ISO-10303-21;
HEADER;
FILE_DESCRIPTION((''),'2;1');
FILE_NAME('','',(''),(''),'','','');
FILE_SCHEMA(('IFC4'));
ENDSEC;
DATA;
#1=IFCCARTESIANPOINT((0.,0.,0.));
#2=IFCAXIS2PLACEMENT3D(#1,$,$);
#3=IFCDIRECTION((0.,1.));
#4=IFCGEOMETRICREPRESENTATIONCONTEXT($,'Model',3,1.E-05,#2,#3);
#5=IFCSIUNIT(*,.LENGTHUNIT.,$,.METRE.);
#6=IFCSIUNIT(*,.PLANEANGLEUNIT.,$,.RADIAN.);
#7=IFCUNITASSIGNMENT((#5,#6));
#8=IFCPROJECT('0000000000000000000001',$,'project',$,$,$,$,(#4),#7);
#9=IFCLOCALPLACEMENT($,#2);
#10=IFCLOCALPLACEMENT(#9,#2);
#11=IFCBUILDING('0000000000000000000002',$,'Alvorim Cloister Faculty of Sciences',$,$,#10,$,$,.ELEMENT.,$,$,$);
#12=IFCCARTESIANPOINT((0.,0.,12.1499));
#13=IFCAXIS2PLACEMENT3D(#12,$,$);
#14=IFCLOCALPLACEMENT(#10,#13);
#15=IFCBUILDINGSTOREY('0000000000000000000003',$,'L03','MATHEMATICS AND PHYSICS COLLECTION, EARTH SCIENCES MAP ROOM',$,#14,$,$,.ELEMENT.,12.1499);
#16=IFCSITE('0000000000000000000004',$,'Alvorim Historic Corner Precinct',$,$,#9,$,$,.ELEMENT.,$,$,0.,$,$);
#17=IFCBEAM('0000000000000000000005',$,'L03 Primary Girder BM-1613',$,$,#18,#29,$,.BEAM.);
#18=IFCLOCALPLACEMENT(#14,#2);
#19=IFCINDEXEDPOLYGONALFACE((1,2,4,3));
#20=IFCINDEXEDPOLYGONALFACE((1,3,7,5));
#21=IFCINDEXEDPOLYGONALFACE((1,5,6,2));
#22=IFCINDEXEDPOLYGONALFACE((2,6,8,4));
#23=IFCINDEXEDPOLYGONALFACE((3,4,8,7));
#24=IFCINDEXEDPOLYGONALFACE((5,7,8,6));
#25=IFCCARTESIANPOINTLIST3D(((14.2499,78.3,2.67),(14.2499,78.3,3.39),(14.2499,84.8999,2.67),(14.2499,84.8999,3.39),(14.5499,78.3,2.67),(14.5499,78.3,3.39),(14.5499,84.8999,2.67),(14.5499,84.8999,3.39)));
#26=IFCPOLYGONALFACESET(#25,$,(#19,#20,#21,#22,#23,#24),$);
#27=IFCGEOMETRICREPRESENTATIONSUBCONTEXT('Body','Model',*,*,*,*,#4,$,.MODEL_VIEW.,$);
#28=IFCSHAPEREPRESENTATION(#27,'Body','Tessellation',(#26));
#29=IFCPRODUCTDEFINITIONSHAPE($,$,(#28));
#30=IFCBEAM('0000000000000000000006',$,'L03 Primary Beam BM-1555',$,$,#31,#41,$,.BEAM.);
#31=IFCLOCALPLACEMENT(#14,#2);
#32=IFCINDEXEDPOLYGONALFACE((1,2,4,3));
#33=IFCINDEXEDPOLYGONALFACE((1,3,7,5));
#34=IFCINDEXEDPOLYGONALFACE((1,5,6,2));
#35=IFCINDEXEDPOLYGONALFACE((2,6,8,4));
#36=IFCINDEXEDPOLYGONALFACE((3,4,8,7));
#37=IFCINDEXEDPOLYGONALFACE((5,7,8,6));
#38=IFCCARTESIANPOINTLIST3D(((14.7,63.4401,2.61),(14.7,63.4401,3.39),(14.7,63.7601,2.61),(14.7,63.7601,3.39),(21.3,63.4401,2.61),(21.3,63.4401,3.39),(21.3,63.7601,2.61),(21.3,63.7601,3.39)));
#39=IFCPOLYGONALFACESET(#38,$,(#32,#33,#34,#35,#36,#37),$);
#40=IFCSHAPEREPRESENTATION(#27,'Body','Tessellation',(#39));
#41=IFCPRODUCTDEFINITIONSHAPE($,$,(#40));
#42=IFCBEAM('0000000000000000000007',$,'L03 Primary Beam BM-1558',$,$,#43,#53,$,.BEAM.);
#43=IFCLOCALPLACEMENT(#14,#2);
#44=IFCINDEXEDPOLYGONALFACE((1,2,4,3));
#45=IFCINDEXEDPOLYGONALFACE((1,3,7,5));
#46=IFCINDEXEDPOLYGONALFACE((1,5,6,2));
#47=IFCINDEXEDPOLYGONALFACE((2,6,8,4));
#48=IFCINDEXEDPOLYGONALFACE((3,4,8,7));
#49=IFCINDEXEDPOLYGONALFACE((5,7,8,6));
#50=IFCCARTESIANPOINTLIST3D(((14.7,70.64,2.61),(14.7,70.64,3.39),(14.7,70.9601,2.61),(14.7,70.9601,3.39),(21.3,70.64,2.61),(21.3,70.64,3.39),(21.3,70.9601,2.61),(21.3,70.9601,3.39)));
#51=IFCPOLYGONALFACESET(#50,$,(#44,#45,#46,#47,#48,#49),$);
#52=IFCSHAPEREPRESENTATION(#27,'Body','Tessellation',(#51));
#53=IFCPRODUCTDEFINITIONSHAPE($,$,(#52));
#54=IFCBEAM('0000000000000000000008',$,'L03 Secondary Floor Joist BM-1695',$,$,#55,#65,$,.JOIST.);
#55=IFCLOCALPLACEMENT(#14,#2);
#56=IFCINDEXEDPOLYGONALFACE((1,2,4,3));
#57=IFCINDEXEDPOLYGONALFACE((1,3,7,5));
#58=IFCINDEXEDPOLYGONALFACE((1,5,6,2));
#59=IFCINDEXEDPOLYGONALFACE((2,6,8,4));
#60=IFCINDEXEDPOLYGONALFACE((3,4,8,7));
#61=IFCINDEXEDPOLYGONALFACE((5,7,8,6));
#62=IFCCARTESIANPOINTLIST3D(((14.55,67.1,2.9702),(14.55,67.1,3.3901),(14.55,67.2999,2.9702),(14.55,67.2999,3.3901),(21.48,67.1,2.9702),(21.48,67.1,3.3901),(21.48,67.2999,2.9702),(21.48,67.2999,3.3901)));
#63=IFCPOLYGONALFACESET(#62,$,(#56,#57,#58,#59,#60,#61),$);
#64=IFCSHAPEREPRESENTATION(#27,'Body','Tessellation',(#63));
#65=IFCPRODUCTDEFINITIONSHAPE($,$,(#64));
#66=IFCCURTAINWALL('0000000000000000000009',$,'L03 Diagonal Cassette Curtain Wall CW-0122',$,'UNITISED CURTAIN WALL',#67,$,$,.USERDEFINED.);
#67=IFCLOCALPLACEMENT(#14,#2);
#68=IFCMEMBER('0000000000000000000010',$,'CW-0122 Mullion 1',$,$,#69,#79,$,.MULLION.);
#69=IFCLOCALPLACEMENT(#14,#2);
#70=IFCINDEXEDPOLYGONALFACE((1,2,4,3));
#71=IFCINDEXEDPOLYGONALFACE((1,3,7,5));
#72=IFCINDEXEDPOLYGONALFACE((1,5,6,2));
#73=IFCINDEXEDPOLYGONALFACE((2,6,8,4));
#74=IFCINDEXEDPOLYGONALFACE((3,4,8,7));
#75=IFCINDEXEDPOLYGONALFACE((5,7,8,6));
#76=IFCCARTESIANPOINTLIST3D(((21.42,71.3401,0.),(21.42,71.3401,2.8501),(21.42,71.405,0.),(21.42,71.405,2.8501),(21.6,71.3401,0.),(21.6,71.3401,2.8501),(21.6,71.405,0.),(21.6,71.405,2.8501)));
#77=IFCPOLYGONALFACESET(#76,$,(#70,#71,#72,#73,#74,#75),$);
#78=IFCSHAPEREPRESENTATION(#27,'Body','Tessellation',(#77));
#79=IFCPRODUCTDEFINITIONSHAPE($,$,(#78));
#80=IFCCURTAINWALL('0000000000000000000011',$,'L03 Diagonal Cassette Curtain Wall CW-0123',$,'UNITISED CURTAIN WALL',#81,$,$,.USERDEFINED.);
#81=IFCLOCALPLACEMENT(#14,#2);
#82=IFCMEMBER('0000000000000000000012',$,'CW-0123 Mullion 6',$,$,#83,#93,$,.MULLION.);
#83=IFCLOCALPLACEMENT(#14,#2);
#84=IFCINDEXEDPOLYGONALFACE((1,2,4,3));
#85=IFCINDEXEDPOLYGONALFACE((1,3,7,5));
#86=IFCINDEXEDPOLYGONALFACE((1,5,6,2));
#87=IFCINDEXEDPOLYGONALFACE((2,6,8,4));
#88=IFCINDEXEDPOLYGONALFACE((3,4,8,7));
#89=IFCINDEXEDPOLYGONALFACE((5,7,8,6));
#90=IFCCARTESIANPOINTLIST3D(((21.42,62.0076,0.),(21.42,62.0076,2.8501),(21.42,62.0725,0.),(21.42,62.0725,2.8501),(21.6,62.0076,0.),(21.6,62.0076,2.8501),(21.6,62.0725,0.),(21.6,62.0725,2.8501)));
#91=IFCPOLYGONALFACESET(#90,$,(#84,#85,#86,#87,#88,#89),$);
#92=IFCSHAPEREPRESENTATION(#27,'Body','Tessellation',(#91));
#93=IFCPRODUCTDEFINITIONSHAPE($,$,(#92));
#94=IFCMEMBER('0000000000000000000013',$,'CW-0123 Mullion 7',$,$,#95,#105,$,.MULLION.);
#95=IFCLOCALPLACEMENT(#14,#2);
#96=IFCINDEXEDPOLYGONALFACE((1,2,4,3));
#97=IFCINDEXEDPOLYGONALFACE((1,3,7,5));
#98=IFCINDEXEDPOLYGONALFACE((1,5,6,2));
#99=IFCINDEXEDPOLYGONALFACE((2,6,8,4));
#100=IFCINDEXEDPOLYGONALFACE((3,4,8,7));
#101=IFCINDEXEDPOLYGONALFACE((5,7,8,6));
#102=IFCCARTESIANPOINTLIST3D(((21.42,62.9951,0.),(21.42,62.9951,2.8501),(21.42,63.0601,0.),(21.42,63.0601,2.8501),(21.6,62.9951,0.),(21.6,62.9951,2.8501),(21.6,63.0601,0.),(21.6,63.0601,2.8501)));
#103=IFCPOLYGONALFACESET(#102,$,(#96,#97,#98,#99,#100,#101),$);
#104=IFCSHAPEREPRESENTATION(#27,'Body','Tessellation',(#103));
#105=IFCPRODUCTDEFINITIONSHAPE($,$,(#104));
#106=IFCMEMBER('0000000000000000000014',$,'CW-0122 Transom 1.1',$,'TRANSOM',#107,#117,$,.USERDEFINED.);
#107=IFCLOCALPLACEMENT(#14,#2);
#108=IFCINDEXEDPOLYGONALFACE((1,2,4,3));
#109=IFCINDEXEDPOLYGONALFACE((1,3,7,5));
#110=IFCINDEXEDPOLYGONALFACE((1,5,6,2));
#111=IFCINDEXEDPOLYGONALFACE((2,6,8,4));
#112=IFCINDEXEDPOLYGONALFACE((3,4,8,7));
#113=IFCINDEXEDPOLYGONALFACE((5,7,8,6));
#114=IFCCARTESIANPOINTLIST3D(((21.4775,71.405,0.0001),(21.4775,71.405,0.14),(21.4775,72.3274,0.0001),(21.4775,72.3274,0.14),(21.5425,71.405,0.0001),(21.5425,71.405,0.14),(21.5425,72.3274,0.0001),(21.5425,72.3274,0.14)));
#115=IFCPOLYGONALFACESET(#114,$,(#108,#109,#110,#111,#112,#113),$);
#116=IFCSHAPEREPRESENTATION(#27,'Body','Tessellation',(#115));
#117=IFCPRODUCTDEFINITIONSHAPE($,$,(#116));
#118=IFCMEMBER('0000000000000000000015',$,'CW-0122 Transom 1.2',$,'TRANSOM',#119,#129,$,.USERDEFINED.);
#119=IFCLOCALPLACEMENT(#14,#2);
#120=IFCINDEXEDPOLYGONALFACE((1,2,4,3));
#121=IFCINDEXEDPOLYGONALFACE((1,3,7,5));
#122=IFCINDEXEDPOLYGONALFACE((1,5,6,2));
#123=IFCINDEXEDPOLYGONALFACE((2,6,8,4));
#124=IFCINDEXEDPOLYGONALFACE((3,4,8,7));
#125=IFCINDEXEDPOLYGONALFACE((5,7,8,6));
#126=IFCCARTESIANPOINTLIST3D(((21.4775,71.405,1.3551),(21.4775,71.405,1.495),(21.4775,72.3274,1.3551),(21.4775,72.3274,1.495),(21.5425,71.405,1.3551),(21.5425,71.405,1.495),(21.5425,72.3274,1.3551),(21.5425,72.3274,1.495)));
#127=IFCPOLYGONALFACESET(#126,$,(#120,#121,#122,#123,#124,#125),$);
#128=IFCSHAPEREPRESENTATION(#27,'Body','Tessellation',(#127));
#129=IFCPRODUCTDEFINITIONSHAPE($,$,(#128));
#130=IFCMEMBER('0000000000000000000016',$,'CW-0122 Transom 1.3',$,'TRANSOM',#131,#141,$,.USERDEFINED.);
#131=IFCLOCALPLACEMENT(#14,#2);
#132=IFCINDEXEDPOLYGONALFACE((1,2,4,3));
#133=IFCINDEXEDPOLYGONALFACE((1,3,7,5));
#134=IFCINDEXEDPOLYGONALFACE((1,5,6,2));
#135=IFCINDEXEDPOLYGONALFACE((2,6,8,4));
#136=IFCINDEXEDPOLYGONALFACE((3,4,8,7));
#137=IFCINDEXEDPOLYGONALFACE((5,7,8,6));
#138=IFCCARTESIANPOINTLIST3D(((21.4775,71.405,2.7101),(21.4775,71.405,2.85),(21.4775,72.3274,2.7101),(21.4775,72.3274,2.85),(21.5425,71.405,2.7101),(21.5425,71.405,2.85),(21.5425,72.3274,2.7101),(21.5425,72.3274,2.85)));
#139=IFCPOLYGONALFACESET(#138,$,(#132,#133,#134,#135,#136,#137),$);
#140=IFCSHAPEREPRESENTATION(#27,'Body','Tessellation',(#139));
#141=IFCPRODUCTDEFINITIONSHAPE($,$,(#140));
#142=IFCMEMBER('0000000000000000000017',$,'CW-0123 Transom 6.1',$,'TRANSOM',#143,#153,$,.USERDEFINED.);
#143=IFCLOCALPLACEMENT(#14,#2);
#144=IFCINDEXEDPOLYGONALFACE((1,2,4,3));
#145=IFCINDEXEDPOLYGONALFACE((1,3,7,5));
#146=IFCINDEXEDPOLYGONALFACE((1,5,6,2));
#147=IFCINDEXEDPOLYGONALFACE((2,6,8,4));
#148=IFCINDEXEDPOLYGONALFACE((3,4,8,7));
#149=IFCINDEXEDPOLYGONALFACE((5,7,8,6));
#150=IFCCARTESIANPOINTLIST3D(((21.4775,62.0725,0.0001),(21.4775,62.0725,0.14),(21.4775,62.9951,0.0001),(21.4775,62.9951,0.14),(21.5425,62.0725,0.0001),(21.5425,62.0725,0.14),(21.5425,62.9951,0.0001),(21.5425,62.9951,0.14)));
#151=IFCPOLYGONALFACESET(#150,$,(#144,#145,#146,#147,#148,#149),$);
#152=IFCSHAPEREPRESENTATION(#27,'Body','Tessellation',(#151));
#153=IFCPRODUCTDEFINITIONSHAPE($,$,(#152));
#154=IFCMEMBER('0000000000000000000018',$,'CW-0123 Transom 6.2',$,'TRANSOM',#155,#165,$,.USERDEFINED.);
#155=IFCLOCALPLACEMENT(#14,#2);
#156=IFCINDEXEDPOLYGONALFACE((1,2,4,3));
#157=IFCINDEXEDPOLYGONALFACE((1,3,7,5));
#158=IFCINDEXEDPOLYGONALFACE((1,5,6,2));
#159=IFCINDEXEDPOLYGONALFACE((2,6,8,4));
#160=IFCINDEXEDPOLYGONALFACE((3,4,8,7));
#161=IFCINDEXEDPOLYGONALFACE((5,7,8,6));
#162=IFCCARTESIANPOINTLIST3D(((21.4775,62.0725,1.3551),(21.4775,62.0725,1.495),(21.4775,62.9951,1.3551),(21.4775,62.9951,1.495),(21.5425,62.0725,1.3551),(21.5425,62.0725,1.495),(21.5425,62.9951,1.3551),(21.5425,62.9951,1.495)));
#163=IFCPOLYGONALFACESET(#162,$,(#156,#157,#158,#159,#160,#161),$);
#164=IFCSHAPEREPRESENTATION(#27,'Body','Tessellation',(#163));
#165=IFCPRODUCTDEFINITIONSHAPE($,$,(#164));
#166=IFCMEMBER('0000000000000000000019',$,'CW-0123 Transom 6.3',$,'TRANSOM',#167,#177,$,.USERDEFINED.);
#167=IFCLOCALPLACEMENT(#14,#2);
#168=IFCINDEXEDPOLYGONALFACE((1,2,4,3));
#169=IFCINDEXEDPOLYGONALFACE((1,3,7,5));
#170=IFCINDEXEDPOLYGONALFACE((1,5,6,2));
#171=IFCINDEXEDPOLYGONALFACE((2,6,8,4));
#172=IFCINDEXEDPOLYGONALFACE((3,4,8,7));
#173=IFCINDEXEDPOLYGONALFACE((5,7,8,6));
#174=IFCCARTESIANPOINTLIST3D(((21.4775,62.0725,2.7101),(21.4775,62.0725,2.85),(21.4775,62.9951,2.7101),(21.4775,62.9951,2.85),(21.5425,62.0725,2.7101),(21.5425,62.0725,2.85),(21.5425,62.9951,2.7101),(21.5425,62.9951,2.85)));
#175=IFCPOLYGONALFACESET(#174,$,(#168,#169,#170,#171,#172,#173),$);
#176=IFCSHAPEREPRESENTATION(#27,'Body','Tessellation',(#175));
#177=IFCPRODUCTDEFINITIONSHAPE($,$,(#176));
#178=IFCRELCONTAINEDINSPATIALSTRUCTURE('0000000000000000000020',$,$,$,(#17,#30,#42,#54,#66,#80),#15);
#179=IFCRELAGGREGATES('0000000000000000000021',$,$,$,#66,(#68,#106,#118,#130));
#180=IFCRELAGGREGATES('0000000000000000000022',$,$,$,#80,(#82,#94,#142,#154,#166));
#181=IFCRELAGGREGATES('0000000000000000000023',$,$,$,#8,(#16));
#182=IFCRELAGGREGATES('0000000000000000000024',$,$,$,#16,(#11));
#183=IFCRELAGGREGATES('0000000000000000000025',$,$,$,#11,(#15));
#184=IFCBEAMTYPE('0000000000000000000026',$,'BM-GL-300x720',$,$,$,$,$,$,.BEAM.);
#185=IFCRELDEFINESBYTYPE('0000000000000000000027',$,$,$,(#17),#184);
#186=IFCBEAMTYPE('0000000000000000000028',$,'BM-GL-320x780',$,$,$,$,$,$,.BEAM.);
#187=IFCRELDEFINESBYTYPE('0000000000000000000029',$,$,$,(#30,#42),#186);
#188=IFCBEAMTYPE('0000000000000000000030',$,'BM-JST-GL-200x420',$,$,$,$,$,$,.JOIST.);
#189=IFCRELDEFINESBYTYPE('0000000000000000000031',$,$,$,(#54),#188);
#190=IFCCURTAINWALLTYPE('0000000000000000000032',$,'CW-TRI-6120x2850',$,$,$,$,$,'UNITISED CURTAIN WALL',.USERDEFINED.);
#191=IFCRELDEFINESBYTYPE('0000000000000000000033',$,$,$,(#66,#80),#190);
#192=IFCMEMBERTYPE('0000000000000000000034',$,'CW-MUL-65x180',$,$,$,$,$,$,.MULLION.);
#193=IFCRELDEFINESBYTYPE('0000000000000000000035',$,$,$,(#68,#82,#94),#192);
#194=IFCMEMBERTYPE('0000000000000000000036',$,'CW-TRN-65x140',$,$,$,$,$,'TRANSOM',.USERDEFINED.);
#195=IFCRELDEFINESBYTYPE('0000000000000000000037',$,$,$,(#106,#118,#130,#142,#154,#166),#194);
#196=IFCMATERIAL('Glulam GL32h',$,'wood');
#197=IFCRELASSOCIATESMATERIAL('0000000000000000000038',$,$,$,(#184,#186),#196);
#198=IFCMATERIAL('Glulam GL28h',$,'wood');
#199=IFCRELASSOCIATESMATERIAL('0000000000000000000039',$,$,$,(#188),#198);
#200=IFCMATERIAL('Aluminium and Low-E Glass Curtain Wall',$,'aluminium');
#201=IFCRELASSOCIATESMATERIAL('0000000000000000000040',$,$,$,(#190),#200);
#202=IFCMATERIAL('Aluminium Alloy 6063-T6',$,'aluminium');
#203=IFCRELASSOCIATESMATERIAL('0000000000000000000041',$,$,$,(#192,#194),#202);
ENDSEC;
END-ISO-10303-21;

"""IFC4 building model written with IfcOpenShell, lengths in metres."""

from ifc_helpers import new_model, si_unit, direction, frame, origin, origin_2d, place, context, subcontext, project, spatial, rectangle, extrude, material, material_profile, profile_set, type_object, element, aggregate, save


model = new_model("IFC4")

# Units and contexts
model_context = context("Model", 3, precision=1e-05, world=origin(), true_north=direction((0.0, 1.0)))
body_context = subcontext(model_context, "Body", "Model", "MODEL_VIEW")
ifc_project = project(units=[si_unit("LENGTHUNIT", "METRE"), si_unit("PLANEANGLEUNIT", "RADIAN")], contexts=[model_context])

# Site, building, storey
site_placement = place(None, origin())
site = spatial("IfcSite", under=ifc_project, at=site_placement, Name="Alvorim Historic Corner Precinct", CompositionType="ELEMENT", RefElevation=0.0)
building_placement = place(site_placement, origin())
building = spatial("IfcBuilding", under=site, at=building_placement, Name="Alvorim Cloister Faculty of Sciences", CompositionType="ELEMENT")
storey_placement = place(building_placement, frame((0.0, 0.0, 12.1499)))
storey = spatial("IfcBuildingStorey", under=building, at=storey_placement, Name="L03", Description="MATHEMATICS AND PHYSICS COLLECTION, EARTH SCIENCES MAP ROOM", CompositionType="ELEMENT", Elevation=12.1499)

# Beams
ifc_material_1 = material(Name="Glulam GL32h", Category="wood")
ifc_material_profile_1 = material_profile(ifc_material_1, rectangle(XDim=0.3, YDim=0.72, at=origin_2d()), Name="GL32-BM-300x720")
ifc_profile_set_1 = profile_set([ifc_material_profile_1], Name="Glulam GL32h")
beam_type_1 = type_object("IfcBeamType", Name="BM-GL-300x720", PredefinedType="BEAM", material=ifc_profile_set_1)
beam_1_placement = place(storey_placement, frame((14.3999, 78.3, 3.03), z_axis=(0.0, 1.0, 0.0), x_axis=(-1.0, 0.0, 0.0)))
element("IfcBeam", 1, at=beam_1_placement, inside=storey, type_object=beam_type_1, Name="L03 Primary Girder BM-1613", PredefinedType="BEAM", context=body_context, shape_type="SweptSolid", body=[
    extrude(rectangle(XDim=0.3, YDim=0.72, at=origin_2d()), origin(), (0.0, 0.0, 1.0), 6.5999),
])
ifc_material_profile_2 = material_profile(ifc_material_1, rectangle(XDim=0.3201, YDim=0.78, at=origin_2d()), Name="GL32-BM-320x780")
ifc_profile_set_2 = profile_set([ifc_material_profile_2], Name="Glulam GL32h")
beam_type_2 = type_object("IfcBeamType", Name="BM-GL-320x780", PredefinedType="BEAM", material=ifc_profile_set_2)
for number, where, z_axis, x_axis, name in (
    (2, (14.7, 63.6001, 3.0), (1.0, 0.0, 0.0), (0.0, 1.0, 0.0), "L03 Primary Beam BM-1555"),
    (3, (14.7, 70.8, 3.0), (1.0, 0.0, 0.0), (0.0, 1.0, 0.0), "L03 Primary Beam BM-1558"),
):
    element("IfcBeam", number, at=place(storey_placement, frame(where, z_axis=z_axis, x_axis=x_axis)), inside=storey, type_object=beam_type_2, Name=name, PredefinedType="BEAM", context=body_context, shape_type="SweptSolid", body=[
        extrude(rectangle(XDim=0.3201, YDim=0.78, at=origin_2d()), origin(), (0.0, 0.0, 1.0), 6.6001),
    ])
ifc_material_2 = material(Name="Glulam GL28h", Category="wood")
ifc_material_profile_3 = material_profile(ifc_material_2, rectangle(XDim=0.2, YDim=0.4199, at=origin_2d()), Name="GL28-JST-200x420")
ifc_profile_set_3 = profile_set([ifc_material_profile_3], Name="Glulam GL28h")
beam_type_3 = type_object("IfcBeamType", Name="BM-JST-GL-200x420", PredefinedType="JOIST", material=ifc_profile_set_3)
beam_2_placement = place(storey_placement, frame((14.55, 67.2, 3.1802), z_axis=(1.0, 0.0, 0.0), x_axis=(0.0, 1.0, 0.0)))
element("IfcBeam", 4, at=beam_2_placement, inside=storey, type_object=beam_type_3, Name="L03 Secondary Floor Joist BM-1695", PredefinedType="JOIST", context=body_context, shape_type="SweptSolid", body=[
    extrude(rectangle(XDim=0.2, YDim=0.4199, at=origin_2d()), origin(), (0.0, 0.0, 1.0), 6.9299),
])

# Curtain wall, member
ifc_material_3 = material(Name="Aluminium and Low-E Glass Curtain Wall", Category="aluminium")
curtain_wall_type = type_object("IfcCurtainWallType", Name="CW-TRI-6120x2850", ElementType="UNITISED CURTAIN WALL", PredefinedType="USERDEFINED", material=ifc_material_3)
curtain_wall_1_placement = place(storey_placement, origin())
curtain_wall_1 = element("IfcCurtainWall", 5, at=curtain_wall_1_placement, inside=storey, type_object=curtain_wall_type, Name="L03 Diagonal Cassette Curtain Wall CW-0122", ObjectType="UNITISED CURTAIN WALL", PredefinedType="USERDEFINED")
ifc_material_4 = material(Name="Aluminium Alloy 6063-T6", Category="aluminium")
ifc_material_profile_4 = material_profile(ifc_material_4, rectangle(XDim=0.0649, YDim=0.1799, at=origin_2d()), Name="ALU-MUL-65x180")
ifc_profile_set_4 = profile_set([ifc_material_profile_4], Name="Aluminium Alloy 6063-T6")
member_type_1 = type_object("IfcMemberType", Name="CW-MUL-65x180", PredefinedType="MULLION", material=ifc_profile_set_4)
member_1_placement = place(storey_placement, frame((21.51, 71.3726, 0.0), z_axis=(0.0, 0.0, 1.0), x_axis=(0.0, 1.0, 0.0)))
member_1 = element("IfcMember", 6, at=member_1_placement, type_object=member_type_1, Name="CW-0122 Mullion 1", PredefinedType="MULLION", context=body_context, shape_type="SweptSolid", body=[
    extrude(rectangle(XDim=0.0649, YDim=0.1799, at=origin_2d()), origin(), (0.0, 0.0, 1.0), 2.8501),
])

# Curtain wall, members
curtain_wall_2_placement = place(storey_placement, origin())
curtain_wall_2 = element("IfcCurtainWall", 7, at=curtain_wall_2_placement, inside=storey, type_object=curtain_wall_type, Name="L03 Diagonal Cassette Curtain Wall CW-0123", ObjectType="UNITISED CURTAIN WALL", PredefinedType="USERDEFINED")
member_2_placement = place(storey_placement, frame((21.51, 62.04, 0.0), z_axis=(0.0, 0.0, 1.0), x_axis=(0.0, 1.0, 0.0)))
member_2 = element("IfcMember", 8, at=member_2_placement, type_object=member_type_1, Name="CW-0123 Mullion 6", PredefinedType="MULLION", context=body_context, shape_type="SweptSolid", body=[
    extrude(rectangle(XDim=0.0649, YDim=0.1799, at=origin_2d()), origin(), (0.0, 0.0, 1.0), 2.8501),
])
member_3_placement = place(storey_placement, frame((21.51, 63.0276, 0.0), z_axis=(0.0, 0.0, 1.0), x_axis=(0.0, 1.0, 0.0)))
member_3 = element("IfcMember", 9, at=member_3_placement, type_object=member_type_1, Name="CW-0123 Mullion 7", PredefinedType="MULLION", context=body_context, shape_type="SweptSolid", body=[
    extrude(rectangle(XDim=0.0649, YDim=0.1799, at=origin_2d()), origin(), (0.0, 0.0, 1.0), 2.8501),
])

# Members
ifc_material_profile_5 = material_profile(ifc_material_4, rectangle(XDim=0.0649, YDim=0.1399, at=origin_2d()), Name="ALU-TRN-65x140")
ifc_profile_set_5 = profile_set([ifc_material_profile_5], Name="Aluminium Alloy 6063-T6")
member_type_2 = type_object("IfcMemberType", Name="CW-TRN-65x140", ElementType="TRANSOM", PredefinedType="USERDEFINED", material=ifc_profile_set_5)
member_4_placement = place(storey_placement, frame((21.51, 71.405, 0.0701), z_axis=(0.0, 1.0, 0.0), x_axis=(-1.0, 0.0, 0.0)))
member_4 = element("IfcMember", 10, at=member_4_placement, type_object=member_type_2, Name="CW-0122 Transom 1.1", ObjectType="TRANSOM", PredefinedType="USERDEFINED", context=body_context, shape_type="SweptSolid", body=[
    extrude(rectangle(XDim=0.0649, YDim=0.1399, at=origin_2d()), origin(), (0.0, 0.0, 1.0), 0.9224),
])
member_5_placement = place(storey_placement, frame((21.51, 71.405, 1.425), z_axis=(0.0, 1.0, 0.0), x_axis=(-1.0, 0.0, 0.0)))
member_5 = element("IfcMember", 11, at=member_5_placement, type_object=member_type_2, Name="CW-0122 Transom 1.2", ObjectType="TRANSOM", PredefinedType="USERDEFINED", context=body_context, shape_type="SweptSolid", body=[
    extrude(rectangle(XDim=0.0649, YDim=0.1399, at=origin_2d()), origin(), (0.0, 0.0, 1.0), 0.9224),
])
member_6_placement = place(storey_placement, frame((21.51, 71.405, 2.78), z_axis=(0.0, 1.0, 0.0), x_axis=(-1.0, 0.0, 0.0)))
member_6 = element("IfcMember", 12, at=member_6_placement, type_object=member_type_2, Name="CW-0122 Transom 1.3", ObjectType="TRANSOM", PredefinedType="USERDEFINED", context=body_context, shape_type="SweptSolid", body=[
    extrude(rectangle(XDim=0.0649, YDim=0.1399, at=origin_2d()), origin(), (0.0, 0.0, 1.0), 0.9224),
])
aggregate(curtain_wall_1, [member_1, member_4, member_5, member_6])
member_7_placement = place(storey_placement, frame((21.51, 62.0725, 0.0701), z_axis=(0.0, 1.0, 0.0), x_axis=(-1.0, 0.0, 0.0)))
member_7 = element("IfcMember", 13, at=member_7_placement, type_object=member_type_2, Name="CW-0123 Transom 6.1", ObjectType="TRANSOM", PredefinedType="USERDEFINED", context=body_context, shape_type="SweptSolid", body=[
    extrude(rectangle(XDim=0.0649, YDim=0.1399, at=origin_2d()), origin(), (0.0, 0.0, 1.0), 0.9226),
])
member_8_placement = place(storey_placement, frame((21.51, 62.0725, 1.425), z_axis=(0.0, 1.0, 0.0), x_axis=(-1.0, 0.0, 0.0)))
member_8 = element("IfcMember", 14, at=member_8_placement, type_object=member_type_2, Name="CW-0123 Transom 6.2", ObjectType="TRANSOM", PredefinedType="USERDEFINED", context=body_context, shape_type="SweptSolid", body=[
    extrude(rectangle(XDim=0.0649, YDim=0.1399, at=origin_2d()), origin(), (0.0, 0.0, 1.0), 0.9226),
])
member_9_placement = place(storey_placement, frame((21.51, 62.0725, 2.78), z_axis=(0.0, 1.0, 0.0), x_axis=(-1.0, 0.0, 0.0)))
member_9 = element("IfcMember", 15, at=member_9_placement, type_object=member_type_2, Name="CW-0123 Transom 6.3", ObjectType="TRANSOM", PredefinedType="USERDEFINED", context=body_context, shape_type="SweptSolid", body=[
    extrude(rectangle(XDim=0.0649, YDim=0.1399, at=origin_2d()), origin(), (0.0, 0.0, 1.0), 0.9226),
])
aggregate(curtain_wall_2, [member_2, member_3, member_7, member_8, member_9])

save(model, "model.ifc")
